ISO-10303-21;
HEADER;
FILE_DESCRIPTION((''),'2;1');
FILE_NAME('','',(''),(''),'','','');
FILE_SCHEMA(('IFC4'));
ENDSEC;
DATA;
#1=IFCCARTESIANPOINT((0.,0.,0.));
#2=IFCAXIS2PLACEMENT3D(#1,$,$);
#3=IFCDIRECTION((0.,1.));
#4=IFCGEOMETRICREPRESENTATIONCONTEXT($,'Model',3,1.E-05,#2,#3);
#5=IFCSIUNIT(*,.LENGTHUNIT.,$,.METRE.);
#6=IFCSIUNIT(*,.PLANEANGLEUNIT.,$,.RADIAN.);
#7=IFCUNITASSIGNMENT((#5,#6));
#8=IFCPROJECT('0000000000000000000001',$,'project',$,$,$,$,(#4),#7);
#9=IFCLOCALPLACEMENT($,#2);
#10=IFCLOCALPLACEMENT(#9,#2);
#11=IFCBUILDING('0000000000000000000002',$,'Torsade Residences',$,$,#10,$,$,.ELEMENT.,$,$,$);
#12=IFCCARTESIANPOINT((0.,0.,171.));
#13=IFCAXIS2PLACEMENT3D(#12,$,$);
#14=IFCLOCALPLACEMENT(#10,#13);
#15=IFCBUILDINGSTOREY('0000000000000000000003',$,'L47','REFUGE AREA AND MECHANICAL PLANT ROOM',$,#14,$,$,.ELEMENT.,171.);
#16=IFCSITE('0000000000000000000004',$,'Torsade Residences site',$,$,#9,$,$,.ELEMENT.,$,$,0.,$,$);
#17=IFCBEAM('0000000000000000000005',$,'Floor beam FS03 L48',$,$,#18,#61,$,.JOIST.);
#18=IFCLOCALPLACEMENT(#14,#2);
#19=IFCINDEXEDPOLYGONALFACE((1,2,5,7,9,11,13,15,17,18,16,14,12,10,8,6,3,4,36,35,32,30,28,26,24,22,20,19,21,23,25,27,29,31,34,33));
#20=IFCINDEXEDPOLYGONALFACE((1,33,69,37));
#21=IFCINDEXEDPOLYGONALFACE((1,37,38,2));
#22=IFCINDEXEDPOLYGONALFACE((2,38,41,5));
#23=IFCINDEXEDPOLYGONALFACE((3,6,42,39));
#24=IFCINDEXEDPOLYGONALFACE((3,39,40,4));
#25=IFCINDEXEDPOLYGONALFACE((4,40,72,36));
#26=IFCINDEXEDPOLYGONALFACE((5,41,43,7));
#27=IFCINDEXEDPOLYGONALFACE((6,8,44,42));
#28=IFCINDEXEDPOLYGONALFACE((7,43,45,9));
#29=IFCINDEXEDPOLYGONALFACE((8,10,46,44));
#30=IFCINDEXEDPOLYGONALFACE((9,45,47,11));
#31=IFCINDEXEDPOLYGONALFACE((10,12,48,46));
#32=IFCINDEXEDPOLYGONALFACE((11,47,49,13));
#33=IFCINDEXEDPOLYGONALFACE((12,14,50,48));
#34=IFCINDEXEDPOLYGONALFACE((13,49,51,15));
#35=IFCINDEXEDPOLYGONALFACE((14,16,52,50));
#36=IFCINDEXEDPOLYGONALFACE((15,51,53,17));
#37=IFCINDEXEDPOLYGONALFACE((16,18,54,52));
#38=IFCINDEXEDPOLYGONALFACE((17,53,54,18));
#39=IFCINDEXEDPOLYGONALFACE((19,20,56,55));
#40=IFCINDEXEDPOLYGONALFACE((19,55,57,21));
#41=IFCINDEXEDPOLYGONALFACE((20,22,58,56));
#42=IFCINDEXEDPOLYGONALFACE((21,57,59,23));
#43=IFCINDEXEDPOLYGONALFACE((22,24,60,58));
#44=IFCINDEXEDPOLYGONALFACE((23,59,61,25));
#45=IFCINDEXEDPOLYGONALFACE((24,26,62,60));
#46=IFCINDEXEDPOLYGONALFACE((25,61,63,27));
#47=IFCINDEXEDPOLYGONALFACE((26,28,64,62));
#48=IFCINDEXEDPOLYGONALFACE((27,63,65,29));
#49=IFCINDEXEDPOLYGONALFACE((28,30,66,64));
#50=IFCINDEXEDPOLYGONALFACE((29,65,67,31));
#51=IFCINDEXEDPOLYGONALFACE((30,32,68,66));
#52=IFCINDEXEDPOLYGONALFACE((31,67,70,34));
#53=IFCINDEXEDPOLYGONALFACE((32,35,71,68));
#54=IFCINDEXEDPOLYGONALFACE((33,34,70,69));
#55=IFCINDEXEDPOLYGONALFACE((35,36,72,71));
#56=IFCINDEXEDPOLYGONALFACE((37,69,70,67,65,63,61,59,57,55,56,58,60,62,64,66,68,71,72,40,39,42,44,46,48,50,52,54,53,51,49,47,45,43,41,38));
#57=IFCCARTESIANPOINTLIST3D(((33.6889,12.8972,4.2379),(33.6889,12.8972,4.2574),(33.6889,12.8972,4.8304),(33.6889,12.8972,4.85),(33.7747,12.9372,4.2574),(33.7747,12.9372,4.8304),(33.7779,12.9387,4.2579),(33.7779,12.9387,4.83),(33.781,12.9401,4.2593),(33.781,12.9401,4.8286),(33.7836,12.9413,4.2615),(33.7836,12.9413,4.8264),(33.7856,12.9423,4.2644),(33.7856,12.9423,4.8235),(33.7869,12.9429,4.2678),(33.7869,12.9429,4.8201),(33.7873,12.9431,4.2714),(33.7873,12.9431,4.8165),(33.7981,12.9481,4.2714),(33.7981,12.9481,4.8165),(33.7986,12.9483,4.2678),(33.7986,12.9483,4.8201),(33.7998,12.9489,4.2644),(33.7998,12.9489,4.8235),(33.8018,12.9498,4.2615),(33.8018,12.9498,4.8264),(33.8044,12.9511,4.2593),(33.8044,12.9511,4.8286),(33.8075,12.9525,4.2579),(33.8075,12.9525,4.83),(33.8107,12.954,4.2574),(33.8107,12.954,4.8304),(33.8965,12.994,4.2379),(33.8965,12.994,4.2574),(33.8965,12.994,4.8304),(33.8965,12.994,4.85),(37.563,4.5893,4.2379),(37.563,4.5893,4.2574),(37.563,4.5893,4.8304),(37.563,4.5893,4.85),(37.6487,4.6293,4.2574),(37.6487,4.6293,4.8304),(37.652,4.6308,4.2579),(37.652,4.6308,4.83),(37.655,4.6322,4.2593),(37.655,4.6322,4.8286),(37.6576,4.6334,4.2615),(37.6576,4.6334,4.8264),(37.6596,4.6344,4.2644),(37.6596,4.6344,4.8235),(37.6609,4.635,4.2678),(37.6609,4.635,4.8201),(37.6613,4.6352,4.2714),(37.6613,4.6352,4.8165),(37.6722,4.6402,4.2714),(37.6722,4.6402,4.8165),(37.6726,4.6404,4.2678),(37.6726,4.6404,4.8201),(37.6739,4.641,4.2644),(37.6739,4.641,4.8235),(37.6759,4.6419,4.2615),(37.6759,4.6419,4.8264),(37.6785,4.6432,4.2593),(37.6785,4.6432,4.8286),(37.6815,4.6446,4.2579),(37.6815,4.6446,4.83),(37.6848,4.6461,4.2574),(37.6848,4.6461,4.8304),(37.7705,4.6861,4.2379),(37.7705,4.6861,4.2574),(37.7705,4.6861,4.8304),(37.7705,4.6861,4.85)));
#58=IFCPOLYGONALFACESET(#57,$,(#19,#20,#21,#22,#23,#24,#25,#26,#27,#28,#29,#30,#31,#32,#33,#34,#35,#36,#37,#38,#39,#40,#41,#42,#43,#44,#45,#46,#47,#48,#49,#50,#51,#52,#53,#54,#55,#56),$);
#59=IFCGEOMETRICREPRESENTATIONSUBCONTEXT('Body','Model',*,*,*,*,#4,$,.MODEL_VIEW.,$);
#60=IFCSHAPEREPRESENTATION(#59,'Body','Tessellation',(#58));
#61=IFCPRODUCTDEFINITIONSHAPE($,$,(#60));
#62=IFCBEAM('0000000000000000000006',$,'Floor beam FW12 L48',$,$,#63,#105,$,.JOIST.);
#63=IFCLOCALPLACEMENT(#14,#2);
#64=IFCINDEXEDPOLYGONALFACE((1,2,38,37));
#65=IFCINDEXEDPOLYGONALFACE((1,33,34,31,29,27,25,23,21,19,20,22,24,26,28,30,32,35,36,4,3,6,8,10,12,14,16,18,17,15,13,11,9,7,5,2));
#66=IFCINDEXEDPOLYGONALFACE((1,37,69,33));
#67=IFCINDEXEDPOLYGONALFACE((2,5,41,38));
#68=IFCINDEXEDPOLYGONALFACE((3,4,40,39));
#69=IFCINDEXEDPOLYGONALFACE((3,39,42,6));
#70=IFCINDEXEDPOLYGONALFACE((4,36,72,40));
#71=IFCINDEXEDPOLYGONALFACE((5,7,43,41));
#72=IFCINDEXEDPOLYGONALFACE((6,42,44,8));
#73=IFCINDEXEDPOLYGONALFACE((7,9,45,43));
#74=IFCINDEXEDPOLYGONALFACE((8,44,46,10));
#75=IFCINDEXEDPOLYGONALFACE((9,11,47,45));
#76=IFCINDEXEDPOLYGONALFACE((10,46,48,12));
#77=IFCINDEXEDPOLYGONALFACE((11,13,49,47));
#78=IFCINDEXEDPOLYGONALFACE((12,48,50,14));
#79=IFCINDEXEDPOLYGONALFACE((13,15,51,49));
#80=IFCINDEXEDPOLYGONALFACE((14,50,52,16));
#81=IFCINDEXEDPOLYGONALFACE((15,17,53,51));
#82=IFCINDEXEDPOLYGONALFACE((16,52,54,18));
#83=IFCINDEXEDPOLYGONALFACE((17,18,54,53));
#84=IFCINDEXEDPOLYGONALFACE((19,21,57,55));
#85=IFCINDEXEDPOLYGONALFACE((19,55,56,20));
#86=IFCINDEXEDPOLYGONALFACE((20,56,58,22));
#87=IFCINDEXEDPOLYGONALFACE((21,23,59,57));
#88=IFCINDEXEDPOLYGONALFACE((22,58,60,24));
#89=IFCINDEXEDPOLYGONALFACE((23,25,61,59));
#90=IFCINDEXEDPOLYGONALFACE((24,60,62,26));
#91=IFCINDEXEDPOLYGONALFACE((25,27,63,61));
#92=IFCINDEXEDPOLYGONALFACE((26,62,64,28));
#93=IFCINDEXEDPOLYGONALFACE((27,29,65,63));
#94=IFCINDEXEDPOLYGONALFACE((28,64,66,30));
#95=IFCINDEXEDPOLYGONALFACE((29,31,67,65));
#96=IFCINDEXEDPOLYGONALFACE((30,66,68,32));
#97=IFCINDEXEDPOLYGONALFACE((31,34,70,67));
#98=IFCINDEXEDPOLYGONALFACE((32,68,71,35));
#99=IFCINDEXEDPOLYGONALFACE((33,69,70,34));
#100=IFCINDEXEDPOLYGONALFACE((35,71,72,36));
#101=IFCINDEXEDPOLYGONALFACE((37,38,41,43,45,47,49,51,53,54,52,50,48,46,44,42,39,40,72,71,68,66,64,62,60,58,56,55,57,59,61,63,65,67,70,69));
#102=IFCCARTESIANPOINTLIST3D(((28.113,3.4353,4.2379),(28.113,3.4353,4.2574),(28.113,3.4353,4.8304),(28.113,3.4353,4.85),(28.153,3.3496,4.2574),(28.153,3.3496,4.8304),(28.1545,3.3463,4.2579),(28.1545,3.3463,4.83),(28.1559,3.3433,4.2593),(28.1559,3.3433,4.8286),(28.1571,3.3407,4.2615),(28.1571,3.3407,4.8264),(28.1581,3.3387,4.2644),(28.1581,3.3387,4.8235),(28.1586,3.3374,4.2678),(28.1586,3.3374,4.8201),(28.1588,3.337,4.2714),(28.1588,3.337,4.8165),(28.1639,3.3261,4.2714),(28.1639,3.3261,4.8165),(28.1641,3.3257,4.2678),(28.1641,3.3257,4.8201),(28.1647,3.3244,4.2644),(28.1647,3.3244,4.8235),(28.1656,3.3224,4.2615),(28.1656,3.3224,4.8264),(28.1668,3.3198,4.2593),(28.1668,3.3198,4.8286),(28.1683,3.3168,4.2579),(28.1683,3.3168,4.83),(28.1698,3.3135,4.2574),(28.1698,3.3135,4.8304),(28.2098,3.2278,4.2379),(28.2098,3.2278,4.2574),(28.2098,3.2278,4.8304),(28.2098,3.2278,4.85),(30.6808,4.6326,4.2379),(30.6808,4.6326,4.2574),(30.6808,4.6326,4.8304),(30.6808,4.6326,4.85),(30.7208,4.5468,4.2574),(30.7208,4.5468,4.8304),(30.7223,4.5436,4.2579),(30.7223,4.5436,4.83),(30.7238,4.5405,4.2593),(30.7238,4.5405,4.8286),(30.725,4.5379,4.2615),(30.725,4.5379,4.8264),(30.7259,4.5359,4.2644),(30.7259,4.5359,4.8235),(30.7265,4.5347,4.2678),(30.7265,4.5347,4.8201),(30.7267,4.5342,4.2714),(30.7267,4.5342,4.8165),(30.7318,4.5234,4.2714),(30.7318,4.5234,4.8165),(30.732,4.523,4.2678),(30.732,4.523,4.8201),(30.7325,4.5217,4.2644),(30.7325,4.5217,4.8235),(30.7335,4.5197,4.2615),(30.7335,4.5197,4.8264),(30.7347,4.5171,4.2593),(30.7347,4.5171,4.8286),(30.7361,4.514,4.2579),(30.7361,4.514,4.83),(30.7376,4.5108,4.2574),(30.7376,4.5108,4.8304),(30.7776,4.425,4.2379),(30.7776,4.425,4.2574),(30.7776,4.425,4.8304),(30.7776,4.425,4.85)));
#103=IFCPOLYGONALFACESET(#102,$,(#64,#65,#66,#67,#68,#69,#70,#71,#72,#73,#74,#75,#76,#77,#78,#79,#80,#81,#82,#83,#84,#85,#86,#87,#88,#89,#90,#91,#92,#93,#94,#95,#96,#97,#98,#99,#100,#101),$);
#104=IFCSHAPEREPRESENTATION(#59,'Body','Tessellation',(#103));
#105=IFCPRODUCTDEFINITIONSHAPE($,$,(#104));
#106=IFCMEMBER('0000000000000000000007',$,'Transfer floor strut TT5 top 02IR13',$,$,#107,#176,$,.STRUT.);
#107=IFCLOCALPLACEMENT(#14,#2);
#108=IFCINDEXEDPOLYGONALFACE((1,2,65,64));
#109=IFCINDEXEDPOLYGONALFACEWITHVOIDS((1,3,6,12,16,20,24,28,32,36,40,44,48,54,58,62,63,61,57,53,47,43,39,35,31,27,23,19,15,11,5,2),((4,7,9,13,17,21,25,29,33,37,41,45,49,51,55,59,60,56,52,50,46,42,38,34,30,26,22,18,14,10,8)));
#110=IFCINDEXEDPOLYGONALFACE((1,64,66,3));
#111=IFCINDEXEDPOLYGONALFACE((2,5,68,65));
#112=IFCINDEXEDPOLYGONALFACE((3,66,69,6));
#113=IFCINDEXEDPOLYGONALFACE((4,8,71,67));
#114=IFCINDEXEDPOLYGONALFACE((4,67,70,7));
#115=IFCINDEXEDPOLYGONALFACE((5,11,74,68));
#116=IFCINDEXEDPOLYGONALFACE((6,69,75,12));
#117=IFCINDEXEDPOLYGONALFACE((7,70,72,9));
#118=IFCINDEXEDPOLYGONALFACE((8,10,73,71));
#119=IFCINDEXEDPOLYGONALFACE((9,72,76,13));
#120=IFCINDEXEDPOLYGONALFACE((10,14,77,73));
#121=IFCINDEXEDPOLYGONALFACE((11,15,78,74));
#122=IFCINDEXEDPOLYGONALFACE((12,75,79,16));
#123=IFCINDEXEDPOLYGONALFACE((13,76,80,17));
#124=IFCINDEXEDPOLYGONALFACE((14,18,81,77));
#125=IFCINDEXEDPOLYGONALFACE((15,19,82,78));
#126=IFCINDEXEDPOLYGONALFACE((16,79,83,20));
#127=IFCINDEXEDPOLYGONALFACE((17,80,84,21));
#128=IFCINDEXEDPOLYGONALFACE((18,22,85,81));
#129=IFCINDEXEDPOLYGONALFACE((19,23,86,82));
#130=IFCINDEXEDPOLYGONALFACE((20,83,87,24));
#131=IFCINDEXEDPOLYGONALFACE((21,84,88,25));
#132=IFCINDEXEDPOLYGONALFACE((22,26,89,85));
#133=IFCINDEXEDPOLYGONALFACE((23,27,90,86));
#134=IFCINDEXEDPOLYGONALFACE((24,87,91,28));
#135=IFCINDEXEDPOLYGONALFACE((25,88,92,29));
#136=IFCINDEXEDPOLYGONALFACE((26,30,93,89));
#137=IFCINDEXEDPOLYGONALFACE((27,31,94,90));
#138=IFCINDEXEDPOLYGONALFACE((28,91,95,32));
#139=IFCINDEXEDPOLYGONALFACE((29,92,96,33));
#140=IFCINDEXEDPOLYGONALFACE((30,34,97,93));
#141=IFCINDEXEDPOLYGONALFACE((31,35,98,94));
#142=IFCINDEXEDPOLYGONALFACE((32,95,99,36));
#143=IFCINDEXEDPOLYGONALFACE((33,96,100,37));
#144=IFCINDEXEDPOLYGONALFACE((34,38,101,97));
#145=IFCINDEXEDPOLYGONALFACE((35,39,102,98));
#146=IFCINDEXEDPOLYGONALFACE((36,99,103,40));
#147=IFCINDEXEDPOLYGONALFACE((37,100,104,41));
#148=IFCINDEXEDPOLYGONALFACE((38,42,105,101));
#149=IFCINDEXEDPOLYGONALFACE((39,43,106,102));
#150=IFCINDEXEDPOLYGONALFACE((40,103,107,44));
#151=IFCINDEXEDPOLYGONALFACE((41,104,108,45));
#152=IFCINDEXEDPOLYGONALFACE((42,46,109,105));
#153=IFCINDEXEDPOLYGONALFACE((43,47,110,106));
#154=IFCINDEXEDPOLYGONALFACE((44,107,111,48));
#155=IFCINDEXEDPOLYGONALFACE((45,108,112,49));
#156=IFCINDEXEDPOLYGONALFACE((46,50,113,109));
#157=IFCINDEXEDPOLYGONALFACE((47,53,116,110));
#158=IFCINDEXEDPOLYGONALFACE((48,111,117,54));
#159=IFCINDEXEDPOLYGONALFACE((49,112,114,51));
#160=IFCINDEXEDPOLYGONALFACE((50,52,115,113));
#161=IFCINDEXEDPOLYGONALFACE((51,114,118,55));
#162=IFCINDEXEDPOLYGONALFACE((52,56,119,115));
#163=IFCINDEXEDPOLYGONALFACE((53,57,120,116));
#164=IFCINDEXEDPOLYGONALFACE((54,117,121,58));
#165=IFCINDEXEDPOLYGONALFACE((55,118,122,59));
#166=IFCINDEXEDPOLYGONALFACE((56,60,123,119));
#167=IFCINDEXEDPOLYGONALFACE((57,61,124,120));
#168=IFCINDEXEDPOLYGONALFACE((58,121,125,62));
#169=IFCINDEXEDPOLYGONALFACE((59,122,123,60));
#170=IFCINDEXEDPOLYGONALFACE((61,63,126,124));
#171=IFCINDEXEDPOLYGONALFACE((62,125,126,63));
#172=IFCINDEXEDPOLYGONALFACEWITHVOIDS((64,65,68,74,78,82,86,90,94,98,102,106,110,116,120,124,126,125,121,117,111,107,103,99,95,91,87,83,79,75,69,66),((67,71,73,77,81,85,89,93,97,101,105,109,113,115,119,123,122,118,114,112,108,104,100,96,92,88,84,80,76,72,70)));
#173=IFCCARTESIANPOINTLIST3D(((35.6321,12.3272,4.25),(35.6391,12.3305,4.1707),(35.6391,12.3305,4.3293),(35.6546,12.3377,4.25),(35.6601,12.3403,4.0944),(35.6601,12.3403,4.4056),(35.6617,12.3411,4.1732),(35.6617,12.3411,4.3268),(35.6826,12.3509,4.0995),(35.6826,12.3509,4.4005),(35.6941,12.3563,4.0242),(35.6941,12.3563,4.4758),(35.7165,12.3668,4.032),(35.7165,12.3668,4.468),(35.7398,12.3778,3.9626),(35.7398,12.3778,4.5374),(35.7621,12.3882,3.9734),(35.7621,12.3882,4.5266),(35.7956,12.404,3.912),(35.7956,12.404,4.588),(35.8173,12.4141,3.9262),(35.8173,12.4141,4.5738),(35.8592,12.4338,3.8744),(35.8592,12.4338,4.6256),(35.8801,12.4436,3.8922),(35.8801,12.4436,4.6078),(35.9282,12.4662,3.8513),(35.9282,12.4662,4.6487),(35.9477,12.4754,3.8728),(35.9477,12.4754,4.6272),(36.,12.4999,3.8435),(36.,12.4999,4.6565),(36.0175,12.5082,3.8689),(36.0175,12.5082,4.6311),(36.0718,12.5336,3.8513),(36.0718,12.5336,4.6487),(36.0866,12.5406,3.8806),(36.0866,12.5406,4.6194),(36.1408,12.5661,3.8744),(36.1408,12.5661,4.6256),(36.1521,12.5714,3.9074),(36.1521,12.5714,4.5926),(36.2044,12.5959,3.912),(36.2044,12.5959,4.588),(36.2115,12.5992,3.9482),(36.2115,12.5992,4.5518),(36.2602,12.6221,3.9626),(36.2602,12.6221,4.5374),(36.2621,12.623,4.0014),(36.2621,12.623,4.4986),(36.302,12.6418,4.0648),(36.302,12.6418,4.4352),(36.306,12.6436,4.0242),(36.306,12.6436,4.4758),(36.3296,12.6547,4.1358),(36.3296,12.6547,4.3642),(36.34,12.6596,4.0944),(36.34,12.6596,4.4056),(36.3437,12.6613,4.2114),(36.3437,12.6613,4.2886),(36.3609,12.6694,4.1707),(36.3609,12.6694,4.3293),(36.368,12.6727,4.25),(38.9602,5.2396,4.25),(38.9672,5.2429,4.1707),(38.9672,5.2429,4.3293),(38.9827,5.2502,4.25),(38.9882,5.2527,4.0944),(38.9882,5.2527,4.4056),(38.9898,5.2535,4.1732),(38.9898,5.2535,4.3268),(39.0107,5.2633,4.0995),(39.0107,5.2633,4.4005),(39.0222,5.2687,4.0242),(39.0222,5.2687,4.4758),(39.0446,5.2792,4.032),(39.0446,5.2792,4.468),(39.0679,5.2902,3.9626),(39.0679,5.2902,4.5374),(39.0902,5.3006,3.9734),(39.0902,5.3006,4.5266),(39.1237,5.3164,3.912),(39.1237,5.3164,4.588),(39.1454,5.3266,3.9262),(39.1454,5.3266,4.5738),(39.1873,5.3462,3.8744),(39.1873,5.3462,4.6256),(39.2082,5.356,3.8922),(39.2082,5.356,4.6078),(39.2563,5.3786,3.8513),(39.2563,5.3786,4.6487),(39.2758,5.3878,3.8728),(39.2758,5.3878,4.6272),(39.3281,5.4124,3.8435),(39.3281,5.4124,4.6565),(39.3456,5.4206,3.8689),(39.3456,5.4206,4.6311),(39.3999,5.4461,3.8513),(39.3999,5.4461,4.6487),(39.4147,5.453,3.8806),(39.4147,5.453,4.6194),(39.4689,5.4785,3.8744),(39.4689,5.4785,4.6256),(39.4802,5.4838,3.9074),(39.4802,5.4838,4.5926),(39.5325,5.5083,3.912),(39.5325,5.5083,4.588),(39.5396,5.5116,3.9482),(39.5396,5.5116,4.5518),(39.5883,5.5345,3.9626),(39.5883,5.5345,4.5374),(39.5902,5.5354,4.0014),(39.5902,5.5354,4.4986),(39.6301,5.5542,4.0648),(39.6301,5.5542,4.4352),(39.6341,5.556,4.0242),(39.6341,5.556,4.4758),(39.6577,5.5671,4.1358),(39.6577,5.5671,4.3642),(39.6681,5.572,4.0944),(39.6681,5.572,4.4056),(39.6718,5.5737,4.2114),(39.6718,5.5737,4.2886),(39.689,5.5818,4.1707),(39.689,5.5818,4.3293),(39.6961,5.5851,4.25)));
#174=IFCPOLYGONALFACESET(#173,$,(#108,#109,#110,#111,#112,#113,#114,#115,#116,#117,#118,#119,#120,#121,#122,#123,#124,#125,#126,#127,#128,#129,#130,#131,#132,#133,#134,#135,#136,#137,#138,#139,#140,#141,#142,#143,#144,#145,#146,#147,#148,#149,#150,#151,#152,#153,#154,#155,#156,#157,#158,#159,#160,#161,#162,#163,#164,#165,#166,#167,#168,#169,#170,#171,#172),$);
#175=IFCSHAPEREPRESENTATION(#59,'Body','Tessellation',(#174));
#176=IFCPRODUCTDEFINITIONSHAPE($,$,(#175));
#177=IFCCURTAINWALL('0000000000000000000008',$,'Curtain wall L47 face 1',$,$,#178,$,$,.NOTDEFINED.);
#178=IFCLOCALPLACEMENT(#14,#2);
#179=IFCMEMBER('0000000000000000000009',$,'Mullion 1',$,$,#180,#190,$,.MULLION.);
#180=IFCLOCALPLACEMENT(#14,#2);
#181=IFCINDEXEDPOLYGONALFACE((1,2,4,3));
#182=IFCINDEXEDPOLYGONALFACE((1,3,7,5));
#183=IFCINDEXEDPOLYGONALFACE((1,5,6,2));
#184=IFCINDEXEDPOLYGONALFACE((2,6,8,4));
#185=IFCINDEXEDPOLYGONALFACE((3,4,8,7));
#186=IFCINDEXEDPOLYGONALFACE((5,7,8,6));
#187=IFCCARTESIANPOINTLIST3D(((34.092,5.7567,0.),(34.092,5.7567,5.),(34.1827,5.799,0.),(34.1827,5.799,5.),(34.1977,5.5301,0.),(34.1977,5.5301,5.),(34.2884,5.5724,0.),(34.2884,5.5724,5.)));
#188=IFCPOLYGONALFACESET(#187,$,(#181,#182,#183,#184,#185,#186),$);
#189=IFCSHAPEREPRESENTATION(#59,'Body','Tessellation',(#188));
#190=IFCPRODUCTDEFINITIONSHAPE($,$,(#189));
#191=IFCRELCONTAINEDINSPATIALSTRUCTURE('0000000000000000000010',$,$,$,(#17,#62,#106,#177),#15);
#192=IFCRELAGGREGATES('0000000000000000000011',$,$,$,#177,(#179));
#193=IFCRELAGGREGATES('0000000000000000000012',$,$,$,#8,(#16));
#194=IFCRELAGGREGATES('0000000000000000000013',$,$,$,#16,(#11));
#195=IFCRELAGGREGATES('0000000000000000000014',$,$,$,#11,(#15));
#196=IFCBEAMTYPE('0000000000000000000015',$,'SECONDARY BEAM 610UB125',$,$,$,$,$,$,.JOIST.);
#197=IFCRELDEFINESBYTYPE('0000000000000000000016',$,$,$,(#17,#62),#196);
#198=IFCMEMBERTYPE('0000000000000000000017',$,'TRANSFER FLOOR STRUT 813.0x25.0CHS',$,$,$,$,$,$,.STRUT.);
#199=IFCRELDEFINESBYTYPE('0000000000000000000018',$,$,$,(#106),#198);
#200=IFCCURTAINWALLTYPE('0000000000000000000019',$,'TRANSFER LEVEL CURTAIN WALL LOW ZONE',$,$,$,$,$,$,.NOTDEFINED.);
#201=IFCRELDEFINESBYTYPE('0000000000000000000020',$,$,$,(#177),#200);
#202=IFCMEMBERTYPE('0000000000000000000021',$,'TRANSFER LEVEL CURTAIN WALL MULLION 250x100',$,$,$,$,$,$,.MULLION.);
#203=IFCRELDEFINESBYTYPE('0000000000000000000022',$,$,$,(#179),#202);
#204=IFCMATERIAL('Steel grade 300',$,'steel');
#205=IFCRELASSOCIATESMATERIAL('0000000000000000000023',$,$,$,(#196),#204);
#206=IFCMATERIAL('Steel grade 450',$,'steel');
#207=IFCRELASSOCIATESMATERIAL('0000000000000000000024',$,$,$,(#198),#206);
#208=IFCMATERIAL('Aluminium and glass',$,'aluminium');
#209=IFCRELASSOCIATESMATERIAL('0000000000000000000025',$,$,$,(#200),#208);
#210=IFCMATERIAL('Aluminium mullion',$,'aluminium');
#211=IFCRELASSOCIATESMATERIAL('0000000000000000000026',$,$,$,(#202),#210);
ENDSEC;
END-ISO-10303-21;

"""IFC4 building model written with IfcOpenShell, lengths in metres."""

from ifc_helpers import new_model, si_unit, direction, frame, origin, origin_2d, place, context, subcontext, project, spatial, rectangle, hollow_circle, i_section, extrude, material, material_profile, profile_set, type_object, element, aggregate, save


model = new_model("IFC4")

# Units and contexts
model_context = context("Model", 3, precision=1e-05, world=origin(), true_north=direction((0.0, 1.0)))
body_context = subcontext(model_context, "Body", "Model", "MODEL_VIEW")
ifc_project = project(units=[si_unit("LENGTHUNIT", "METRE"), si_unit("PLANEANGLEUNIT", "RADIAN")], contexts=[model_context])

# Site, building, storey
site_placement = place(None, origin())
site = spatial("IfcSite", under=ifc_project, at=site_placement, Name="Torsade Residences site", CompositionType="ELEMENT", RefElevation=0.0)
building_placement = place(site_placement, origin())
building = spatial("IfcBuilding", under=site, at=building_placement, Name="Torsade Residences", CompositionType="ELEMENT")
storey_placement = place(building_placement, frame((0.0, 0.0, 171.0)))
storey = spatial("IfcBuildingStorey", under=building, at=storey_placement, Name="L47", Description="REFUGE AREA AND MECHANICAL PLANT ROOM", CompositionType="ELEMENT", Elevation=171.0)

# Beams
ifc_material_1 = material(Name="Steel grade 300", Category="steel")
ifc_material_profile_1 = material_profile(ifc_material_1, i_section(OverallWidth=0.229, OverallDepth=0.6121, WebThickness=0.012, FlangeThickness=0.0195, FilletRadius=0.0139, at=origin_2d()), Name="610UB125")
ifc_profile_set_1 = profile_set([ifc_material_profile_1], Name="Steel grade 300")
beam_type_1 = type_object("IfcBeamType", Name="SECONDARY BEAM 610UB125", PredefinedType="JOIST", material=ifc_profile_set_1)
beam_1_placement = place(storey_placement, frame((37.6667, 4.6377, 4.5439), z_axis=(-0.422619, 0.906308, 0.0), x_axis=(-0.906308, -0.422619, 0.0)))
element("IfcBeam", 1, at=beam_1_placement, inside=storey, type_object=beam_type_1, Name="Floor beam FS03 L48", PredefinedType="JOIST", context=body_context, shape_type="SweptSolid", body=[
    extrude(i_section(OverallWidth=0.229, OverallDepth=0.6121, WebThickness=0.012, FlangeThickness=0.0195, FilletRadius=0.0139, at=origin_2d()), origin(), (0.0, 0.0, 1.0), 9.1667),
])
beam_2_placement = place(storey_placement, frame((28.1614, 3.3315, 4.5439), z_axis=(0.906328, 0.422574, 0.0), x_axis=(-0.422574, 0.906328, 0.0)))
element("IfcBeam", 2, at=beam_2_placement, inside=storey, type_object=beam_type_1, Name="Floor beam FW12 L48", PredefinedType="JOIST", context=body_context, shape_type="SweptSolid", body=[
    extrude(i_section(OverallWidth=0.229, OverallDepth=0.6121, WebThickness=0.012, FlangeThickness=0.0195, FilletRadius=0.0139, at=origin_2d()), origin(), (0.0, 0.0, 1.0), 2.8333),
])

# Member
ifc_material_2 = material(Name="Steel grade 450", Category="steel")
ifc_material_profile_2 = material_profile(ifc_material_2, hollow_circle(Radius=0.4065, WallThickness=0.0249, at=origin_2d()), Name="813.0x25.0CHS")
ifc_profile_set_2 = profile_set([ifc_material_profile_2], Name="Steel grade 450")
member_type_1 = type_object("IfcMemberType", Name="TRANSFER FLOOR STRUT 813.0x25.0CHS", PredefinedType="STRUT", material=ifc_profile_set_2)
member_1_placement = place(storey_placement, frame((39.3281, 5.4124, 4.25), z_axis=(-0.42504, 0.905175, 0.0), x_axis=(-0.905175, -0.42504, 0.0)))
element("IfcMember", 3, at=member_1_placement, inside=storey, type_object=member_type_1, Name="Transfer floor strut TT5 top 02IR13", PredefinedType="STRUT", context=body_context, shape_type="SweptSolid", body=[
    extrude(hollow_circle(Radius=0.4065, WallThickness=0.0249, at=origin_2d()), origin(), (0.0, 0.0, 1.0), 7.8301),
])

# Curtain wall, member
ifc_material_3 = material(Name="Aluminium and glass", Category="aluminium")
curtain_wall_type = type_object("IfcCurtainWallType", Name="TRANSFER LEVEL CURTAIN WALL LOW ZONE", PredefinedType="NOTDEFINED", material=ifc_material_3)
curtain_wall_1_placement = place(storey_placement, origin())
curtain_wall_1 = element("IfcCurtainWall", 4, at=curtain_wall_1_placement, inside=storey, type_object=curtain_wall_type, Name="Curtain wall L47 face 1", PredefinedType="NOTDEFINED")
ifc_material_4 = material(Name="Aluminium mullion", Category="aluminium")
ifc_material_profile_3 = material_profile(ifc_material_4, rectangle(XDim=0.25, YDim=0.1001, at=origin_2d()), Name="TRANSFER LEVEL CURTAIN WALL MULLION 250x100")
ifc_profile_set_3 = profile_set([ifc_material_profile_3], Name="Aluminium mullion")
member_type_2 = type_object("IfcMemberType", Name="TRANSFER LEVEL CURTAIN WALL MULLION 250x100", PredefinedType="MULLION", material=ifc_profile_set_3)
member_2_placement = place(storey_placement, frame((34.1902, 5.6646, 0.0), z_axis=(0.0, 0.0, 1.0), x_axis=(-0.422618, 0.906308, 0.0)))
member_2 = element("IfcMember", 5, at=member_2_placement, type_object=member_type_2, Name="Mullion 1", PredefinedType="MULLION", context=body_context, shape_type="SweptSolid", body=[
    extrude(rectangle(XDim=0.25, YDim=0.1001, at=origin_2d()), origin(), (0.0, 0.0, 1.0), 5.0),
])

aggregate(curtain_wall_1, [member_2])

save(model, "model.ifc")
